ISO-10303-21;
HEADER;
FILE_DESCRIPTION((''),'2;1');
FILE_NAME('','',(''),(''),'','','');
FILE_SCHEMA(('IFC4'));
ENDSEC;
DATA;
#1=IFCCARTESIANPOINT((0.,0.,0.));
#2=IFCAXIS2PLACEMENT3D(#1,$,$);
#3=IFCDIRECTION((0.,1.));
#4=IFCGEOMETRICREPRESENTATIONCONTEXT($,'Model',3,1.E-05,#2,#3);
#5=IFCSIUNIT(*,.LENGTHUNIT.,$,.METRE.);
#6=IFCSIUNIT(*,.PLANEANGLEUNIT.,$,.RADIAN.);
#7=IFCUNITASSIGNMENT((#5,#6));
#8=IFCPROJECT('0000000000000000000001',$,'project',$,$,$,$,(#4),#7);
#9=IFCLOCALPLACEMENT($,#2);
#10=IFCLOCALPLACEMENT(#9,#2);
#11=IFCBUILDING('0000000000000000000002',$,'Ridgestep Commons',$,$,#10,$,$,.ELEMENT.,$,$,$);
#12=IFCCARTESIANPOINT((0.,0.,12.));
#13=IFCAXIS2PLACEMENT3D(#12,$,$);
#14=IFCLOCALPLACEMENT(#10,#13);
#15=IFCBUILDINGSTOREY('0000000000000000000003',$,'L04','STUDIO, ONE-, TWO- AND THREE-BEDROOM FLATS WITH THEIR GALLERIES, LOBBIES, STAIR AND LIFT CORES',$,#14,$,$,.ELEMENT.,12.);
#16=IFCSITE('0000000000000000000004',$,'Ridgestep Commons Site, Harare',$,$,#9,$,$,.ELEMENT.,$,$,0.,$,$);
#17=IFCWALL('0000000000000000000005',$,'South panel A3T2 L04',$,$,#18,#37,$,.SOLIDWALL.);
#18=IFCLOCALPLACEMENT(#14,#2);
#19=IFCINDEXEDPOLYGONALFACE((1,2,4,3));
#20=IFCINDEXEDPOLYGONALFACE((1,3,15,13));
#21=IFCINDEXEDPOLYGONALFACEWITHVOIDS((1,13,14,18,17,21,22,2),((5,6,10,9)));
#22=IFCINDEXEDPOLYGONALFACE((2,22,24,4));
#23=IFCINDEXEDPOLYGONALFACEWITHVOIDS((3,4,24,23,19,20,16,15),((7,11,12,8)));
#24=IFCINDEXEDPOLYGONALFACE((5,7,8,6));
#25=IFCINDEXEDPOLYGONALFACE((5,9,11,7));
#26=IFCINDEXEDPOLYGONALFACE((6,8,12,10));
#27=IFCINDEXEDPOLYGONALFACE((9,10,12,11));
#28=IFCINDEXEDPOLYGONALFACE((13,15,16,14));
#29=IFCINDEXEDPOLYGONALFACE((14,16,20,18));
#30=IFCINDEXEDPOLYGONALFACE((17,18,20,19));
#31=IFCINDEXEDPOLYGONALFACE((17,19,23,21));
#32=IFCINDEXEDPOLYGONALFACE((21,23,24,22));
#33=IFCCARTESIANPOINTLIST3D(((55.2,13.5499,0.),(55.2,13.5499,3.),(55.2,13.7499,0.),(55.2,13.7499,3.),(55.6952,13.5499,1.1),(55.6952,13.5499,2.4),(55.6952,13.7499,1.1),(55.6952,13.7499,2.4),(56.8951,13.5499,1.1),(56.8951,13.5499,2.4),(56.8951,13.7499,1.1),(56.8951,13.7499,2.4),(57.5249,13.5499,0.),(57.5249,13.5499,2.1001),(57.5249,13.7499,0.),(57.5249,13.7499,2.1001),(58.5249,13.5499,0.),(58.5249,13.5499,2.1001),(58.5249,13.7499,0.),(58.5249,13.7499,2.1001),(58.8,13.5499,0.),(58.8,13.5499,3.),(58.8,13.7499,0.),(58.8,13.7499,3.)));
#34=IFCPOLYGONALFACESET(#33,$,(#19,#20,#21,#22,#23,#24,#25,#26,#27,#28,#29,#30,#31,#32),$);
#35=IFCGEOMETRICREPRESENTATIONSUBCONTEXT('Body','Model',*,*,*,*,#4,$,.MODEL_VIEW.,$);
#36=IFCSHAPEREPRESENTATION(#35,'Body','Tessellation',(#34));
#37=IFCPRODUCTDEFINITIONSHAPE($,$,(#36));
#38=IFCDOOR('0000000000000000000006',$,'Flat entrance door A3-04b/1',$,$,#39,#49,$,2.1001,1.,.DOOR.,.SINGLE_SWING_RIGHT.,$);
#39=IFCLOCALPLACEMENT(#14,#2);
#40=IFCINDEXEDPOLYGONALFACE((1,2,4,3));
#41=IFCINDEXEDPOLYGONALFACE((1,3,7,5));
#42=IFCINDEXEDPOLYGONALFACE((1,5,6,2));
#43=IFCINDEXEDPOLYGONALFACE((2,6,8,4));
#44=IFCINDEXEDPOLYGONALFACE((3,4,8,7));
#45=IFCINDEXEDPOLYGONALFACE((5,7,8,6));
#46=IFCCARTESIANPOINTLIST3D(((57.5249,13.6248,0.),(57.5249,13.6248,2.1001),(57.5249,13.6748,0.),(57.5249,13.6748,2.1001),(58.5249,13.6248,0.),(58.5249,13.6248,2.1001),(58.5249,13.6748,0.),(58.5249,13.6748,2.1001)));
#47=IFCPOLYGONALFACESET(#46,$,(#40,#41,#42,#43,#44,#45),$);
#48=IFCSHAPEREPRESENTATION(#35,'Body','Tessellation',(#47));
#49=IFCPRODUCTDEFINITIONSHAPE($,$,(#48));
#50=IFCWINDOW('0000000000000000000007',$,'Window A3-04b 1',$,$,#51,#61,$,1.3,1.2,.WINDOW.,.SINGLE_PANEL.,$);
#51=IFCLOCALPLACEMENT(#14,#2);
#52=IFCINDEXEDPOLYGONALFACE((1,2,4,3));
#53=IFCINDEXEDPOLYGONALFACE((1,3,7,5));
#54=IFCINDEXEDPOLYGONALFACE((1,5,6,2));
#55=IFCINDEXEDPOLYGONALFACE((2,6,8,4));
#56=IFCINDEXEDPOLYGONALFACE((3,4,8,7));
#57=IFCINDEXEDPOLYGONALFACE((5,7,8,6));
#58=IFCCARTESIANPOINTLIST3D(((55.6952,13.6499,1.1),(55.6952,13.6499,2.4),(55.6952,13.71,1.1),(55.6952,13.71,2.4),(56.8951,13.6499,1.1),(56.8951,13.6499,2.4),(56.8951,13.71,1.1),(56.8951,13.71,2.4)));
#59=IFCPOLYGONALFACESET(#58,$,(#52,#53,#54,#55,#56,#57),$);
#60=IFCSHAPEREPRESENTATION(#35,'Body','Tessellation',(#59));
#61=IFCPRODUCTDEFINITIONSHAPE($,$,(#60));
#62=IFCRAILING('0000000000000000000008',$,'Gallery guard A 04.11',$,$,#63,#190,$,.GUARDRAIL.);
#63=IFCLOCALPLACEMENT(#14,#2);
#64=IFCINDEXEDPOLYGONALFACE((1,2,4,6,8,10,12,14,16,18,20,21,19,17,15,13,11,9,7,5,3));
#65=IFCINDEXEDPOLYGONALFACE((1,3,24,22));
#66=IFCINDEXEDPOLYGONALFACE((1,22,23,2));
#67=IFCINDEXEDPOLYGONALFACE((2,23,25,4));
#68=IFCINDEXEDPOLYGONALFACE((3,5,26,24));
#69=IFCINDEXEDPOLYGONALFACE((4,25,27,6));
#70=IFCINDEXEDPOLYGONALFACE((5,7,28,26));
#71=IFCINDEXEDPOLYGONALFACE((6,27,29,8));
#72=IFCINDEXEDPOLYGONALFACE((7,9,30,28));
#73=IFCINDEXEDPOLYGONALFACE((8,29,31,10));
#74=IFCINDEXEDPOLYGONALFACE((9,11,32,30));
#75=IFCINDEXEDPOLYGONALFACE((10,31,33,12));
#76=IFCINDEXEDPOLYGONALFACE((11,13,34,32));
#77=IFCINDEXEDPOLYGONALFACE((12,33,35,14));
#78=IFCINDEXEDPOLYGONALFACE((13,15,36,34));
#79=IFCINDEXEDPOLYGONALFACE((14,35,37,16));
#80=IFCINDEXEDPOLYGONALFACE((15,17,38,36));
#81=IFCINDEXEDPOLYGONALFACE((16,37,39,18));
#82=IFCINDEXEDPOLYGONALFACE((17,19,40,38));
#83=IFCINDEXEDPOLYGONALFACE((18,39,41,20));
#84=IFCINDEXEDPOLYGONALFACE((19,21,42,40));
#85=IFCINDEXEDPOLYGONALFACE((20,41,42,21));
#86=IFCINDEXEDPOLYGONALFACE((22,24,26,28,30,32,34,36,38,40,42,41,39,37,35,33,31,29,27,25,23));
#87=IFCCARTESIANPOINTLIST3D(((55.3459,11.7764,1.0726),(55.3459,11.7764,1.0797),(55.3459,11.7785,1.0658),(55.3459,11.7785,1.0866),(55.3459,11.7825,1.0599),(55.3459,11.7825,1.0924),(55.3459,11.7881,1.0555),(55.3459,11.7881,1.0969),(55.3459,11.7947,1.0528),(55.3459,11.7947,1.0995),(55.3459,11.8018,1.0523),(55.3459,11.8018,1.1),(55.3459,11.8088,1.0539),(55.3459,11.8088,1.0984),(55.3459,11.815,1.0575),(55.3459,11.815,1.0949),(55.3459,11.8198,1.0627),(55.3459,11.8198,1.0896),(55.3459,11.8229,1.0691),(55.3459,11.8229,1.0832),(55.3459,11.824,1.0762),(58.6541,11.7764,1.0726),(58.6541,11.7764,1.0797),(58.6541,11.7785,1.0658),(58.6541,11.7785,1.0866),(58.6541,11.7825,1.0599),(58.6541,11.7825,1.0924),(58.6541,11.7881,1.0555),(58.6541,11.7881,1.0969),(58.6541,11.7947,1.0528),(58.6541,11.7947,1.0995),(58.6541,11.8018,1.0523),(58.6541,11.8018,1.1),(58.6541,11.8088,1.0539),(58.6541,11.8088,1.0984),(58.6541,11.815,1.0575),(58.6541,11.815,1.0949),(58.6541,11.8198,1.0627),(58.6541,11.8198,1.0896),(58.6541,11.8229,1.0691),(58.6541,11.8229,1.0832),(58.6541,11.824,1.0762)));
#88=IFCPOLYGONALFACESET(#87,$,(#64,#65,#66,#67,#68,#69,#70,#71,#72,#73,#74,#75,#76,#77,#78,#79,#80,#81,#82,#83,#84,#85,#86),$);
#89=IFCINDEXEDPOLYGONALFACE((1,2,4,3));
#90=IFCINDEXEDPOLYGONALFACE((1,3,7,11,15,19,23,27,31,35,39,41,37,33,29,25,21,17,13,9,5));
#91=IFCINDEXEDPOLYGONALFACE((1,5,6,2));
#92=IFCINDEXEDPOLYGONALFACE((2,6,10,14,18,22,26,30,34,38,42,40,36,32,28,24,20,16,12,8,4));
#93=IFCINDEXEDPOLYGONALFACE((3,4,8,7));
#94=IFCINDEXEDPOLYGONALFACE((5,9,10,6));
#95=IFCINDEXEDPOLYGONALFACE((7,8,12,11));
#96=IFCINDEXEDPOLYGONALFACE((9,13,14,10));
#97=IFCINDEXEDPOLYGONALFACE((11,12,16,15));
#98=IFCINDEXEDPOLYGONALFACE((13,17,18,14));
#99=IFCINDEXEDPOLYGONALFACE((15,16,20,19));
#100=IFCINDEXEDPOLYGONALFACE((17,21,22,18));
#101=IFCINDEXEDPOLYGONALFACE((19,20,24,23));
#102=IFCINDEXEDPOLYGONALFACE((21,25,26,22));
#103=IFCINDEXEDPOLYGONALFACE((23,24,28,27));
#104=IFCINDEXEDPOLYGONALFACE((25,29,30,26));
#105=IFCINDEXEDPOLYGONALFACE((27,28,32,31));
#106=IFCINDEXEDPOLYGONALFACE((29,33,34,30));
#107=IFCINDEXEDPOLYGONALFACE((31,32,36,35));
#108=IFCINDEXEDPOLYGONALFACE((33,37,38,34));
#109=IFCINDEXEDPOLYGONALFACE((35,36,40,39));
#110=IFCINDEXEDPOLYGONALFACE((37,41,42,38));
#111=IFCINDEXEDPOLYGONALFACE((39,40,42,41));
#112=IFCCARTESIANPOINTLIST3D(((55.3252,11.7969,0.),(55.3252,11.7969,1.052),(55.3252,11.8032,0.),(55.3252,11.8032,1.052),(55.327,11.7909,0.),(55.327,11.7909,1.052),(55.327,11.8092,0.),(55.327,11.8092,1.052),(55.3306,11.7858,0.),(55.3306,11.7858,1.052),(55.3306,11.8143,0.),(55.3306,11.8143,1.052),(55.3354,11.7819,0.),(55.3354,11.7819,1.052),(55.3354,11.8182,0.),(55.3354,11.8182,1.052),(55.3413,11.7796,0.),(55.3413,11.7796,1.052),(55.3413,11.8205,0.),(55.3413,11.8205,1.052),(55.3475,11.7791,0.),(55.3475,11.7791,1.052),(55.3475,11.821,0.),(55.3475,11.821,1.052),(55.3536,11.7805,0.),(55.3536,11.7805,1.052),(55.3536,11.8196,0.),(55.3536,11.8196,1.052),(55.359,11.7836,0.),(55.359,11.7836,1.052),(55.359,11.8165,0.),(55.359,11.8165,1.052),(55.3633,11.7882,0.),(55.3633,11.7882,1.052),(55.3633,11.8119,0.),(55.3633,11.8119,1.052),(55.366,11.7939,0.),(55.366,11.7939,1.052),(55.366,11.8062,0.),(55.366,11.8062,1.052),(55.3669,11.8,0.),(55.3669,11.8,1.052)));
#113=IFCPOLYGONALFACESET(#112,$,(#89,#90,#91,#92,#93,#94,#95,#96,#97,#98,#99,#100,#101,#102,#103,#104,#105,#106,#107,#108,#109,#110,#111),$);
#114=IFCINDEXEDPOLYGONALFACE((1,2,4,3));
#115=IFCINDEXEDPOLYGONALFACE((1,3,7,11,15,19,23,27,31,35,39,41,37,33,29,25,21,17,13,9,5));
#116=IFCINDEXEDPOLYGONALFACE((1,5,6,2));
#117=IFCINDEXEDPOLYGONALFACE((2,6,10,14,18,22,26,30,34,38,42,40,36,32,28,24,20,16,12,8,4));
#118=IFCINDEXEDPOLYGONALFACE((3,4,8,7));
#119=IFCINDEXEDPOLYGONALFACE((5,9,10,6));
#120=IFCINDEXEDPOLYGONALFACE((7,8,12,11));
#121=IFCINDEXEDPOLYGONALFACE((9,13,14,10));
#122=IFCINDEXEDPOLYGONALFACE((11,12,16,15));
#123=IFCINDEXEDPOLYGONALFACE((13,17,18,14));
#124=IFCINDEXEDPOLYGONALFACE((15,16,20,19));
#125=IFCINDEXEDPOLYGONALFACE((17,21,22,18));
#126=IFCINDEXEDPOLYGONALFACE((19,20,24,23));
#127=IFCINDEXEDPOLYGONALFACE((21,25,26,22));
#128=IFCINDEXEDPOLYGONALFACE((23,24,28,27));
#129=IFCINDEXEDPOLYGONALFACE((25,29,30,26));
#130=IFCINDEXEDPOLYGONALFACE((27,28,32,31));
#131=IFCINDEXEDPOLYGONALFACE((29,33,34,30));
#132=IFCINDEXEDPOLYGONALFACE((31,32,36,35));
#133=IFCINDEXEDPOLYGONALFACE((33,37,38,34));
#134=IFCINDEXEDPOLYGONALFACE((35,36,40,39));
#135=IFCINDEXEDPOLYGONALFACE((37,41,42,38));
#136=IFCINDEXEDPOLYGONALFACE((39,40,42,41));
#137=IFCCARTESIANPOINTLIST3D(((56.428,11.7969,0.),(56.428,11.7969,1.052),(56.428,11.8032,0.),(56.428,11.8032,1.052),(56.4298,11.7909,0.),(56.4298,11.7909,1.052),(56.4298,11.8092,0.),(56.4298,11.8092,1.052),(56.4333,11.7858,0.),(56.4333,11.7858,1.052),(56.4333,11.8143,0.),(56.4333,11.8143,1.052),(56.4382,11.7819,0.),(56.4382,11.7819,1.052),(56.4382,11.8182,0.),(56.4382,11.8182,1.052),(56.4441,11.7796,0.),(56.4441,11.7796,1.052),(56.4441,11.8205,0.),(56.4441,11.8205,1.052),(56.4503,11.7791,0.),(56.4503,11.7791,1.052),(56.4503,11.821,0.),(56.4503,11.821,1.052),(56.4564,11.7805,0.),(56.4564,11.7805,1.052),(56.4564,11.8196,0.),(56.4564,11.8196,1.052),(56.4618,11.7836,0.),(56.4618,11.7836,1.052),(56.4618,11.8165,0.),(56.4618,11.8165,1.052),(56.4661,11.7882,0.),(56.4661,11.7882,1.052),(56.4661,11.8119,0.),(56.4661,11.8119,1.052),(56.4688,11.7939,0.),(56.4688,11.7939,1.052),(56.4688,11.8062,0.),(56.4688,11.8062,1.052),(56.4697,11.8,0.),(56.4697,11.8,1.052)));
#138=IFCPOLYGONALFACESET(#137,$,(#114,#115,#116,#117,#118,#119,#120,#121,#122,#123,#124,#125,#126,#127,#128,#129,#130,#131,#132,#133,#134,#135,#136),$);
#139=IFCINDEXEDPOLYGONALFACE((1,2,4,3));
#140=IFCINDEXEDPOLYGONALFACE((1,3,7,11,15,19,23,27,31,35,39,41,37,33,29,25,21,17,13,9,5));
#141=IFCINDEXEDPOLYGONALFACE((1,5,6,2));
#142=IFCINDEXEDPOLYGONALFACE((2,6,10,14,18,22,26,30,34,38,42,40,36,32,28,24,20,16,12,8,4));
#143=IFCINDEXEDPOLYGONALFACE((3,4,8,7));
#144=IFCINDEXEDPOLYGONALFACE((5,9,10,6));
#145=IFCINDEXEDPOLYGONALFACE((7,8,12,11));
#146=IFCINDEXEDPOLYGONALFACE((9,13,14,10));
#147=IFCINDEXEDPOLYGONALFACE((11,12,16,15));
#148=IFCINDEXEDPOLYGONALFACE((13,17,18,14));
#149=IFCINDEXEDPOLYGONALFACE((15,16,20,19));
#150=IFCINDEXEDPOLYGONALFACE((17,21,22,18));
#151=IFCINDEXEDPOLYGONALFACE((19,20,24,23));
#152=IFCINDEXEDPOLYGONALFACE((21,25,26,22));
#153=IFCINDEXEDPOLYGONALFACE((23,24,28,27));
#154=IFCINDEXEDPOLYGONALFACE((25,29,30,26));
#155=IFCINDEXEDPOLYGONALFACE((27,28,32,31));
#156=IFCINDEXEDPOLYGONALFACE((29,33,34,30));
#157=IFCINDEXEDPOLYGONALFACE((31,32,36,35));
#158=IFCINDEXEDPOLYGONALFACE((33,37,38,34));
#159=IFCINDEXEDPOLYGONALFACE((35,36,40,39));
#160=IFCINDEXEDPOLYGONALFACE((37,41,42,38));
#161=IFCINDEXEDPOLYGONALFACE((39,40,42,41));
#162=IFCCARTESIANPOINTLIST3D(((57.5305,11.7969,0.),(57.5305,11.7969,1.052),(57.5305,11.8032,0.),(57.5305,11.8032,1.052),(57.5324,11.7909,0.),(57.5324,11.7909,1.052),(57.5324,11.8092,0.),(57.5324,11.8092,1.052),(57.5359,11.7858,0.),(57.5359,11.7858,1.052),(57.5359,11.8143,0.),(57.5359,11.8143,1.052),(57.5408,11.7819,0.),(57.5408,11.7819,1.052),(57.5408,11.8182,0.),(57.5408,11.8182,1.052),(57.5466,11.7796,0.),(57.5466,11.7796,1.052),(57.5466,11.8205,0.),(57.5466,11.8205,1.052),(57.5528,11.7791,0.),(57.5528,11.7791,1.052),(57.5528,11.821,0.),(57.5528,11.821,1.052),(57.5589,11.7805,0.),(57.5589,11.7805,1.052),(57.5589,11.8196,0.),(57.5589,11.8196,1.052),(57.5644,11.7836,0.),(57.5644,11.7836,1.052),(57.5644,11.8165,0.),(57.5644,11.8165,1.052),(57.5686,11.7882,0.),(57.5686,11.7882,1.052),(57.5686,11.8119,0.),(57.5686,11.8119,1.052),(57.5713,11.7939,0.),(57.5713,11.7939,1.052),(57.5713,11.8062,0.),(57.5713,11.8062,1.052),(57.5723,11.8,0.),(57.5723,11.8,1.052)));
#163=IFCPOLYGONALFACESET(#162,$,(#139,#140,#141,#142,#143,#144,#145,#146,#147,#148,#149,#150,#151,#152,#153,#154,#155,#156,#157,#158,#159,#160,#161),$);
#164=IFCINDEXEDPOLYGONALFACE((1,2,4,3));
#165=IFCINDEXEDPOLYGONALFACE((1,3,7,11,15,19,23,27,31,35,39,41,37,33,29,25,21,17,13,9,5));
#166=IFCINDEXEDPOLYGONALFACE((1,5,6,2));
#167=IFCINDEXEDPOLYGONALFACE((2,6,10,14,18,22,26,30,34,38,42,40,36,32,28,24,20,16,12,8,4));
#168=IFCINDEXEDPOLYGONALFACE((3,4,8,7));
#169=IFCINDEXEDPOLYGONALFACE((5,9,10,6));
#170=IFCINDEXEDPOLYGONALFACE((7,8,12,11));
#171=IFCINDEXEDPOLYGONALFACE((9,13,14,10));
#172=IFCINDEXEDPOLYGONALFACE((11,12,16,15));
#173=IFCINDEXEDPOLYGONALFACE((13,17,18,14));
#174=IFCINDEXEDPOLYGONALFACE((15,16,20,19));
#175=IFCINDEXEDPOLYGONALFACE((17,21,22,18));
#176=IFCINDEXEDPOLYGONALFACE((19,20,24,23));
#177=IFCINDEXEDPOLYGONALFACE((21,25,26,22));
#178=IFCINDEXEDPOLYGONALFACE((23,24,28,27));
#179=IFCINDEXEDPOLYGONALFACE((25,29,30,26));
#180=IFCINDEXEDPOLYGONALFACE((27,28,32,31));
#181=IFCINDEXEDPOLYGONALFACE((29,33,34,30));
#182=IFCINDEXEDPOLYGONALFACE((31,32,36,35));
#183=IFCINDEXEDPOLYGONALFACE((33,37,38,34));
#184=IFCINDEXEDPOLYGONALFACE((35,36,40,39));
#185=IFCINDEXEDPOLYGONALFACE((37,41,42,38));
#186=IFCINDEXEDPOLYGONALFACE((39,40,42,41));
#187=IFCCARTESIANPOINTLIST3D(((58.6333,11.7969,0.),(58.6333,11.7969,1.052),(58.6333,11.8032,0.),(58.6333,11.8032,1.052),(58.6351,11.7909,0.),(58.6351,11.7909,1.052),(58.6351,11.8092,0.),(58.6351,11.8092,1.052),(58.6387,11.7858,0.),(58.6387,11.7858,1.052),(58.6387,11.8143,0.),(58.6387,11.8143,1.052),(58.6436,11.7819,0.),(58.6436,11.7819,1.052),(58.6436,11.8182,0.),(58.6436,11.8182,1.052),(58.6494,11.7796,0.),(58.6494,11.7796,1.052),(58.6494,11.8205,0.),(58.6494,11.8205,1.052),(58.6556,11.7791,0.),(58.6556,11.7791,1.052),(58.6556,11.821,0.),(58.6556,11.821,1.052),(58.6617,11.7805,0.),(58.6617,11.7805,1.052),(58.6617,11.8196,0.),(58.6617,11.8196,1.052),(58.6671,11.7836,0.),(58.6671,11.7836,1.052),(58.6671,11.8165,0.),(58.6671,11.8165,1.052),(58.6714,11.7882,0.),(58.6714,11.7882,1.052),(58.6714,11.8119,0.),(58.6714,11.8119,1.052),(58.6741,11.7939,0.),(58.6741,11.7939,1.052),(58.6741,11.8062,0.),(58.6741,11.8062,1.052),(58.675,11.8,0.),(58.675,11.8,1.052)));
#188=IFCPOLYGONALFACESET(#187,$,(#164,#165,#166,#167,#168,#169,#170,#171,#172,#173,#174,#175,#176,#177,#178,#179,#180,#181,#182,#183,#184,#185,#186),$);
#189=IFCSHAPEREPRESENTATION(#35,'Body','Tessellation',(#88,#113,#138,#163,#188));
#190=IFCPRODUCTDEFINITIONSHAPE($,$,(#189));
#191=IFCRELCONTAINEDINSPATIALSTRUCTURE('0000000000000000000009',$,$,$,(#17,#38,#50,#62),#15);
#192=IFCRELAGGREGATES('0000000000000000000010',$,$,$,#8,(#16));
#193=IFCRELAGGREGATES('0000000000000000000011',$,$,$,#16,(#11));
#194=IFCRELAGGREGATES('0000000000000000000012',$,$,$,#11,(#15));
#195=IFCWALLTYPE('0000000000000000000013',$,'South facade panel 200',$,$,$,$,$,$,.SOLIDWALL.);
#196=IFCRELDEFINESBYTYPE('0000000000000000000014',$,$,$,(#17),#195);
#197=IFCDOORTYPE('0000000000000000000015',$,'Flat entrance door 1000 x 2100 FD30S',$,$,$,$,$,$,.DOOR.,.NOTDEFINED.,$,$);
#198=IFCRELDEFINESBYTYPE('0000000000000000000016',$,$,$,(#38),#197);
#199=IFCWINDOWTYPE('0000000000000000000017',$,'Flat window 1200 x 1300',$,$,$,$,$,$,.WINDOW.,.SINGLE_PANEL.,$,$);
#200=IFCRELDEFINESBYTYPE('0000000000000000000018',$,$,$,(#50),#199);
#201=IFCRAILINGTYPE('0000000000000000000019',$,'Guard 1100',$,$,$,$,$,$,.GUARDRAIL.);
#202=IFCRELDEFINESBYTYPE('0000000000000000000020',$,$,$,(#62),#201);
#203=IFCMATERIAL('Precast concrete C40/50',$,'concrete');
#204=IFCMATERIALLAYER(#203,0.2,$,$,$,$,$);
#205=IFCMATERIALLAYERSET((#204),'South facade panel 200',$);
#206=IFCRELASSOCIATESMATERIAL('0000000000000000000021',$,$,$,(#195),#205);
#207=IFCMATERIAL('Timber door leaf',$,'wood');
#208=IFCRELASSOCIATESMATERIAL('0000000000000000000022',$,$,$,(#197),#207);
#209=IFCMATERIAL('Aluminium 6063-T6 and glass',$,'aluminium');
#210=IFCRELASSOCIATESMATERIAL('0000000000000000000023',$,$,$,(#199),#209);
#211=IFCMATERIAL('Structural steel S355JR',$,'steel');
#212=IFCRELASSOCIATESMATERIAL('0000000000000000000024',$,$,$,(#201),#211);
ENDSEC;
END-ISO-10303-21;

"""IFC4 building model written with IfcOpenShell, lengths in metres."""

from ifc_helpers import new_model, si_unit, direction, frame, frame_2d, origin, origin_2d, place, context, subcontext, project, spatial, rectangle, circle, extrude, material, layer, layer_set, type_object, element, fill, save


model = new_model("IFC4")

# Units and contexts
model_context = context("Model", 3, precision=1e-05, world=origin(), true_north=direction((0.0, 1.0)))
body_context = subcontext(model_context, "Body", "Model", "MODEL_VIEW")
ifc_project = project(units=[si_unit("LENGTHUNIT", "METRE"), si_unit("PLANEANGLEUNIT", "RADIAN")], contexts=[model_context])

# Site, building, storey
site_placement = place(None, origin())
site = spatial("IfcSite", under=ifc_project, at=site_placement, Name="Ridgestep Commons Site, Harare", CompositionType="ELEMENT", RefElevation=0.0)
building_placement = place(site_placement, origin())
building = spatial("IfcBuilding", under=site, at=building_placement, Name="Ridgestep Commons", CompositionType="ELEMENT")
storey_placement = place(building_placement, frame((0.0, 0.0, 12.0)))
storey = spatial("IfcBuildingStorey", under=building, at=storey_placement, Name="L04", Description="STUDIO, ONE-, TWO- AND THREE-BEDROOM FLATS WITH THEIR GALLERIES, LOBBIES, STAIR AND LIFT CORES", CompositionType="ELEMENT", Elevation=12.0)

# Wall, openings, door, window
ifc_material_1 = material(Name="Precast concrete C40/50", Category="concrete")
ifc_layer_1 = layer(ifc_material_1, 0.2)
ifc_layer_set_1 = layer_set([ifc_layer_1], Name="South facade panel 200")
wall_type_1 = type_object("IfcWallType", Name="South facade panel 200", PredefinedType="SOLIDWALL", material=ifc_layer_set_1)
wall_1_placement = place(storey_placement, frame((55.2, 13.6499, 0.0), z_axis=(0.0, 0.0, 1.0), x_axis=(1.0, 0.0, 0.0)))
wall_1 = element("IfcWall", 1, at=wall_1_placement, inside=storey, type_object=wall_type_1, Name="South panel A3T2 L04", PredefinedType="SOLIDWALL", context=body_context, shape_type="SweptSolid", body=[
    extrude(rectangle(XDim=3.6001, YDim=0.2, at=frame_2d((1.8, 0.0))), origin(), (0.0, 0.0, 1.0), 3.0),
])
opening_1_placement = place(wall_1_placement, frame((0.4951, 0.0, 1.1001)))
opening_1 = element("IfcOpeningElement", 2, at=opening_1_placement, cuts=wall_1, PredefinedType="OPENING", context=body_context, shape_type="SweptSolid", body=[
    extrude(rectangle(XDim=1.2, YDim=1.3, at=frame_2d((0.6001, 0.6499))), frame((0.0, 0.1099, 0.0), z_axis=(0.0, -1.0, 0.0), x_axis=(1.0, 0.0, 0.0)), (0.0, 0.0, 1.0), 0.22),
])
opening_2_placement = place(wall_1_placement, frame((2.325, 0.0, 0.0)))
opening_2 = element("IfcOpeningElement", 3, at=opening_2_placement, cuts=wall_1, PredefinedType="OPENING", context=body_context, shape_type="SweptSolid", body=[
    extrude(rectangle(XDim=1.0, YDim=2.1001, at=frame_2d((0.5, 1.05))), frame((0.0, 0.1099, 0.0), z_axis=(0.0, -1.0, 0.0), x_axis=(1.0, 0.0, 0.0)), (0.0, 0.0, 1.0), 0.22),
])
ifc_material_2 = material(Name="Timber door leaf", Category="wood")
door_type_1 = type_object("IfcDoorType", Name="Flat entrance door 1000 x 2100 FD30S", OperationType="NOTDEFINED", PredefinedType="DOOR", material=ifc_material_2)
door_1_placement = place(opening_2_placement, origin())
door_1 = element("IfcDoor", 4, at=door_1_placement, inside=storey, type_object=door_type_1, Name="Flat entrance door A3-04b/1", OperationType="SINGLE_SWING_RIGHT", OverallHeight=2.1001, OverallWidth=1.0, PredefinedType="DOOR", context=body_context, shape_type="SweptSolid", body=[
    extrude(rectangle(XDim=1.0, YDim=2.1001, at=frame_2d((0.5, 1.05))), frame((0.0, 0.0249, 0.0), z_axis=(0.0, -1.0, 0.0), x_axis=(1.0, 0.0, 0.0)), (0.0, 0.0, 1.0), 0.05),
])
fill(opening_2, door_1)
ifc_material_3 = material(Name="Aluminium 6063-T6 and glass", Category="aluminium")
window_type = type_object("IfcWindowType", Name="Flat window 1200 x 1300", PartitioningType="SINGLE_PANEL", PredefinedType="WINDOW", material=ifc_material_3)
window_placement = place(opening_1_placement, origin())
window = element("IfcWindow", 5, at=window_placement, inside=storey, type_object=window_type, Name="Window A3-04b 1", OverallHeight=1.3, OverallWidth=1.2, PartitioningType="SINGLE_PANEL", PredefinedType="WINDOW", context=body_context, shape_type="SweptSolid", body=[
    extrude(rectangle(XDim=1.2, YDim=1.3, at=frame_2d((0.6001, 0.6499))), frame((0.0, 0.0601, 0.0), z_axis=(0.0, -1.0, 0.0), x_axis=(1.0, 0.0, 0.0)), (0.0, 0.0, 1.0), 0.0601),
])
fill(opening_1, window)

# Railing
ifc_material_4 = material(Name="Structural steel S355JR", Category="steel")
railing_type = type_object("IfcRailingType", Name="Guard 1100", PredefinedType="GUARDRAIL", material=ifc_material_4)
railing_placement = place(storey_placement, frame((55.3459, 11.8, 0.0)))
element("IfcRailing", 6, at=railing_placement, inside=storey, type_object=railing_type, Name="Gallery guard A 04.11", PredefinedType="GUARDRAIL", context=body_context, shape_type="SweptSolid", body=[
    extrude(circle(Radius=0.0239, at=origin_2d()), frame((0.0, 0.0, 1.0762), z_axis=(1.0, 0.0, 0.0), x_axis=(0.0, 1.0, 0.0)), (0.0, 0.0, 1.0), 3.3081),
    extrude(circle(Radius=0.021, at=origin_2d()), origin(), (0.0, 0.0, 1.0), 1.052),
    extrude(circle(Radius=0.021, at=origin_2d()), frame((1.1028, 0.0, 0.0)), (0.0, 0.0, 1.0), 1.052),
    extrude(circle(Radius=0.021, at=origin_2d()), frame((2.2053, 0.0, 0.0)), (0.0, 0.0, 1.0), 1.052),
    extrude(circle(Radius=0.021, at=origin_2d()), frame((3.3081, 0.0, 0.0)), (0.0, 0.0, 1.0), 1.052),
])

save(model, "model.ifc")
